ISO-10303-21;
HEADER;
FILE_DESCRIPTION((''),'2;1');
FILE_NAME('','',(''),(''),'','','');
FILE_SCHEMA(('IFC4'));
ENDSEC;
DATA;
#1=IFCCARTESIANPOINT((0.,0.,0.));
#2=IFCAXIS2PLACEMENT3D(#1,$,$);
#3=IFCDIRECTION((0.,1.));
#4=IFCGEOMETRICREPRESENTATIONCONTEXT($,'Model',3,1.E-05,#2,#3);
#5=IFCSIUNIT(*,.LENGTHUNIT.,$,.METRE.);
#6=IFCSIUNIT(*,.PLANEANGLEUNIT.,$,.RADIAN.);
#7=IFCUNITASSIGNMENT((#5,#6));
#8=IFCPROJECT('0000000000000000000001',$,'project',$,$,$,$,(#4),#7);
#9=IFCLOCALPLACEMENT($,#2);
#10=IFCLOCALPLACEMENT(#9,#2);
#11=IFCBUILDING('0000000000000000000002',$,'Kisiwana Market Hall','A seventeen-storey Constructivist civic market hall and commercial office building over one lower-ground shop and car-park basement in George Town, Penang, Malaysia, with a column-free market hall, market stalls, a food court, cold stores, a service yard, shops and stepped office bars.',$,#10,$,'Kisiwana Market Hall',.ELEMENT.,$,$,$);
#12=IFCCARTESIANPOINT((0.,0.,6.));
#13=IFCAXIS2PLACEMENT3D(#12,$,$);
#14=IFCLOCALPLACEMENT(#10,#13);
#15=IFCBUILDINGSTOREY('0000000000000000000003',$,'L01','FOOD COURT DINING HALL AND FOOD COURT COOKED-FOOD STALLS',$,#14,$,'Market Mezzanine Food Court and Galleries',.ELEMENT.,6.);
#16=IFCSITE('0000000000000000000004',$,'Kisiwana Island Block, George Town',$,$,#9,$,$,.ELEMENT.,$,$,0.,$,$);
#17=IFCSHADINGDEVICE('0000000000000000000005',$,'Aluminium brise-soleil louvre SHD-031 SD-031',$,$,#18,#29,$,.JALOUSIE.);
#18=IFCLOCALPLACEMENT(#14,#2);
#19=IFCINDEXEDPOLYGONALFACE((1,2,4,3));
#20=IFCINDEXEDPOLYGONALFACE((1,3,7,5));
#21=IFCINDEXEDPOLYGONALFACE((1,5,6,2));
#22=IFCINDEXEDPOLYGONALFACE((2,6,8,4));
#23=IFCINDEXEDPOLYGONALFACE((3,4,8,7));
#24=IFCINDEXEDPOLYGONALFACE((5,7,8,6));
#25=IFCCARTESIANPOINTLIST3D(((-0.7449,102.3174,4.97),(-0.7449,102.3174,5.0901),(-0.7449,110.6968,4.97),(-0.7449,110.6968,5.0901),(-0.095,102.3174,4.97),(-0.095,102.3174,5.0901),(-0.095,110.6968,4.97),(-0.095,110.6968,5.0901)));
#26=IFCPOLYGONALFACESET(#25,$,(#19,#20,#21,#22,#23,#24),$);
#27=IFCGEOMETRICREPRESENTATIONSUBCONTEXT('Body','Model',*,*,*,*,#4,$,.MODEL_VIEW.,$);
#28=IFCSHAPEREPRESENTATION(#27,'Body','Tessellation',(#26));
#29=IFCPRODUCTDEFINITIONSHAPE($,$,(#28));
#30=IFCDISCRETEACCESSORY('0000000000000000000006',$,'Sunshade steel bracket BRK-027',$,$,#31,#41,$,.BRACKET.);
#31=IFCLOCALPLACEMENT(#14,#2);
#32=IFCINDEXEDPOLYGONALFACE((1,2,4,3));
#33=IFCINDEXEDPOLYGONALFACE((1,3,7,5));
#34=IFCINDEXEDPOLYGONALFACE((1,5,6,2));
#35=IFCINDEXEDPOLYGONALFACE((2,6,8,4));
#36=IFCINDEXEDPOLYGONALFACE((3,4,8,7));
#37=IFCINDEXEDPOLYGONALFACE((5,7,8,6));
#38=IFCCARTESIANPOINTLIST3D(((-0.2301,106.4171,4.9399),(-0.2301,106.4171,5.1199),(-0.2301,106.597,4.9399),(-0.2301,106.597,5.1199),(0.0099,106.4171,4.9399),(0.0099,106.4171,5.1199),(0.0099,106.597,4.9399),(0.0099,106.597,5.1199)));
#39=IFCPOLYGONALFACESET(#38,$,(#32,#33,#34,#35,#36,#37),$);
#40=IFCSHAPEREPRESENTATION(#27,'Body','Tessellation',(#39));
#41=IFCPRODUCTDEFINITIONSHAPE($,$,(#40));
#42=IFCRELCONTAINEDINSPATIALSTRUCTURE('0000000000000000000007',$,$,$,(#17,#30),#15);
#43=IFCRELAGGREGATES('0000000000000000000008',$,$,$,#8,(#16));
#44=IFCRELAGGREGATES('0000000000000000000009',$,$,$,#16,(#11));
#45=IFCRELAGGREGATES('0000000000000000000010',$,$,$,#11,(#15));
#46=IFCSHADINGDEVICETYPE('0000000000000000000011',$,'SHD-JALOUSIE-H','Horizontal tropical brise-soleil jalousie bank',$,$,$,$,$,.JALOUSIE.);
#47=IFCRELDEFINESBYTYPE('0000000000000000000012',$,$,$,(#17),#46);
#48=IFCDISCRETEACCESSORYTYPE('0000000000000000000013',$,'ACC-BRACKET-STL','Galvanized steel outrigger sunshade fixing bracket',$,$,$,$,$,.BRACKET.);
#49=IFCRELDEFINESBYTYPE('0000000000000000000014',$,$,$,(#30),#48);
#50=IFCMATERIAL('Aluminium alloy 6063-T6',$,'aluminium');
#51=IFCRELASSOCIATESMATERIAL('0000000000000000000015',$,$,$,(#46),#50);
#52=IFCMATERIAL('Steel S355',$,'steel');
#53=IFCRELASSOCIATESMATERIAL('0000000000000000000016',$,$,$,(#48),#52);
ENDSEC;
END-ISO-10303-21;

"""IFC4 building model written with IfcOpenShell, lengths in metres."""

from ifc_helpers import new_model, si_unit, direction, frame, origin, origin_2d, place, context, subcontext, project, spatial, rectangle, extrude, material, type_object, element, save


model = new_model("IFC4")

# Units and contexts
model_context = context("Model", 3, precision=1e-05, world=origin(), true_north=direction((0.0, 1.0)))
body_context = subcontext(model_context, "Body", "Model", "MODEL_VIEW")
ifc_project = project(units=[si_unit("LENGTHUNIT", "METRE"), si_unit("PLANEANGLEUNIT", "RADIAN")], contexts=[model_context])

# Site, building, storey
site_placement = place(None, origin())
site = spatial("IfcSite", under=ifc_project, at=site_placement, Name="Kisiwana Island Block, George Town", CompositionType="ELEMENT", RefElevation=0.0)
building_placement = place(site_placement, origin())
building = spatial("IfcBuilding", under=site, at=building_placement, Name="Kisiwana Market Hall", Description="A seventeen-storey Constructivist civic market hall and commercial office building over one lower-ground shop and car-park basement in George Town, Penang, Malaysia, with a column-free market hall, market stalls, a food court, cold stores, a service yard, shops and stepped office bars.", LongName="Kisiwana Market Hall", CompositionType="ELEMENT")
storey_placement = place(building_placement, frame((0.0, 0.0, 6.0)))
storey = spatial("IfcBuildingStorey", under=building, at=storey_placement, Name="L01", Description="FOOD COURT DINING HALL AND FOOD COURT COOKED-FOOD STALLS", LongName="Market Mezzanine Food Court and Galleries", CompositionType="ELEMENT", Elevation=6.0)

# Shading device
ifc_material_1 = material(Name="Aluminium alloy 6063-T6", Category="aluminium")
shading_device_type = type_object("IfcShadingDeviceType", Name="SHD-JALOUSIE-H", Description="Horizontal tropical brise-soleil jalousie bank", PredefinedType="JALOUSIE", material=ifc_material_1)
shading_device_placement = place(storey_placement, frame((-0.4199, 106.5071, 4.97), z_axis=(0.0, 0.0, 1.0), x_axis=(0.0, 1.0, 0.0)))
element("IfcShadingDevice", 1, at=shading_device_placement, inside=storey, type_object=shading_device_type, Name="Aluminium brise-soleil louvre SHD-031 SD-031", PredefinedType="JALOUSIE", context=body_context, shape_type="SweptSolid", body=[
    extrude(rectangle(XDim=8.3794, YDim=0.6499, at=origin_2d()), origin(), (0.0, 0.0, 1.0), 0.1201),
])

# Discrete accessory
ifc_material_2 = material(Name="Steel S355", Category="steel")
discrete_accessory_type = type_object("IfcDiscreteAccessoryType", Name="ACC-BRACKET-STL", Description="Galvanized steel outrigger sunshade fixing bracket", PredefinedType="BRACKET", material=ifc_material_2)
discrete_accessory_placement = place(storey_placement, frame((-0.1101, 106.5071, 4.9399), z_axis=(0.0, 0.0, 1.0), x_axis=(0.0, 1.0, 0.0)))
element("IfcDiscreteAccessory", 2, at=discrete_accessory_placement, inside=storey, type_object=discrete_accessory_type, Name="Sunshade steel bracket BRK-027", PredefinedType="BRACKET", context=body_context, shape_type="SweptSolid", body=[
    extrude(rectangle(XDim=0.1799, YDim=0.24, at=origin_2d()), origin(), (0.0, 0.0, 1.0), 0.1799),
])

save(model, "model.ifc")
